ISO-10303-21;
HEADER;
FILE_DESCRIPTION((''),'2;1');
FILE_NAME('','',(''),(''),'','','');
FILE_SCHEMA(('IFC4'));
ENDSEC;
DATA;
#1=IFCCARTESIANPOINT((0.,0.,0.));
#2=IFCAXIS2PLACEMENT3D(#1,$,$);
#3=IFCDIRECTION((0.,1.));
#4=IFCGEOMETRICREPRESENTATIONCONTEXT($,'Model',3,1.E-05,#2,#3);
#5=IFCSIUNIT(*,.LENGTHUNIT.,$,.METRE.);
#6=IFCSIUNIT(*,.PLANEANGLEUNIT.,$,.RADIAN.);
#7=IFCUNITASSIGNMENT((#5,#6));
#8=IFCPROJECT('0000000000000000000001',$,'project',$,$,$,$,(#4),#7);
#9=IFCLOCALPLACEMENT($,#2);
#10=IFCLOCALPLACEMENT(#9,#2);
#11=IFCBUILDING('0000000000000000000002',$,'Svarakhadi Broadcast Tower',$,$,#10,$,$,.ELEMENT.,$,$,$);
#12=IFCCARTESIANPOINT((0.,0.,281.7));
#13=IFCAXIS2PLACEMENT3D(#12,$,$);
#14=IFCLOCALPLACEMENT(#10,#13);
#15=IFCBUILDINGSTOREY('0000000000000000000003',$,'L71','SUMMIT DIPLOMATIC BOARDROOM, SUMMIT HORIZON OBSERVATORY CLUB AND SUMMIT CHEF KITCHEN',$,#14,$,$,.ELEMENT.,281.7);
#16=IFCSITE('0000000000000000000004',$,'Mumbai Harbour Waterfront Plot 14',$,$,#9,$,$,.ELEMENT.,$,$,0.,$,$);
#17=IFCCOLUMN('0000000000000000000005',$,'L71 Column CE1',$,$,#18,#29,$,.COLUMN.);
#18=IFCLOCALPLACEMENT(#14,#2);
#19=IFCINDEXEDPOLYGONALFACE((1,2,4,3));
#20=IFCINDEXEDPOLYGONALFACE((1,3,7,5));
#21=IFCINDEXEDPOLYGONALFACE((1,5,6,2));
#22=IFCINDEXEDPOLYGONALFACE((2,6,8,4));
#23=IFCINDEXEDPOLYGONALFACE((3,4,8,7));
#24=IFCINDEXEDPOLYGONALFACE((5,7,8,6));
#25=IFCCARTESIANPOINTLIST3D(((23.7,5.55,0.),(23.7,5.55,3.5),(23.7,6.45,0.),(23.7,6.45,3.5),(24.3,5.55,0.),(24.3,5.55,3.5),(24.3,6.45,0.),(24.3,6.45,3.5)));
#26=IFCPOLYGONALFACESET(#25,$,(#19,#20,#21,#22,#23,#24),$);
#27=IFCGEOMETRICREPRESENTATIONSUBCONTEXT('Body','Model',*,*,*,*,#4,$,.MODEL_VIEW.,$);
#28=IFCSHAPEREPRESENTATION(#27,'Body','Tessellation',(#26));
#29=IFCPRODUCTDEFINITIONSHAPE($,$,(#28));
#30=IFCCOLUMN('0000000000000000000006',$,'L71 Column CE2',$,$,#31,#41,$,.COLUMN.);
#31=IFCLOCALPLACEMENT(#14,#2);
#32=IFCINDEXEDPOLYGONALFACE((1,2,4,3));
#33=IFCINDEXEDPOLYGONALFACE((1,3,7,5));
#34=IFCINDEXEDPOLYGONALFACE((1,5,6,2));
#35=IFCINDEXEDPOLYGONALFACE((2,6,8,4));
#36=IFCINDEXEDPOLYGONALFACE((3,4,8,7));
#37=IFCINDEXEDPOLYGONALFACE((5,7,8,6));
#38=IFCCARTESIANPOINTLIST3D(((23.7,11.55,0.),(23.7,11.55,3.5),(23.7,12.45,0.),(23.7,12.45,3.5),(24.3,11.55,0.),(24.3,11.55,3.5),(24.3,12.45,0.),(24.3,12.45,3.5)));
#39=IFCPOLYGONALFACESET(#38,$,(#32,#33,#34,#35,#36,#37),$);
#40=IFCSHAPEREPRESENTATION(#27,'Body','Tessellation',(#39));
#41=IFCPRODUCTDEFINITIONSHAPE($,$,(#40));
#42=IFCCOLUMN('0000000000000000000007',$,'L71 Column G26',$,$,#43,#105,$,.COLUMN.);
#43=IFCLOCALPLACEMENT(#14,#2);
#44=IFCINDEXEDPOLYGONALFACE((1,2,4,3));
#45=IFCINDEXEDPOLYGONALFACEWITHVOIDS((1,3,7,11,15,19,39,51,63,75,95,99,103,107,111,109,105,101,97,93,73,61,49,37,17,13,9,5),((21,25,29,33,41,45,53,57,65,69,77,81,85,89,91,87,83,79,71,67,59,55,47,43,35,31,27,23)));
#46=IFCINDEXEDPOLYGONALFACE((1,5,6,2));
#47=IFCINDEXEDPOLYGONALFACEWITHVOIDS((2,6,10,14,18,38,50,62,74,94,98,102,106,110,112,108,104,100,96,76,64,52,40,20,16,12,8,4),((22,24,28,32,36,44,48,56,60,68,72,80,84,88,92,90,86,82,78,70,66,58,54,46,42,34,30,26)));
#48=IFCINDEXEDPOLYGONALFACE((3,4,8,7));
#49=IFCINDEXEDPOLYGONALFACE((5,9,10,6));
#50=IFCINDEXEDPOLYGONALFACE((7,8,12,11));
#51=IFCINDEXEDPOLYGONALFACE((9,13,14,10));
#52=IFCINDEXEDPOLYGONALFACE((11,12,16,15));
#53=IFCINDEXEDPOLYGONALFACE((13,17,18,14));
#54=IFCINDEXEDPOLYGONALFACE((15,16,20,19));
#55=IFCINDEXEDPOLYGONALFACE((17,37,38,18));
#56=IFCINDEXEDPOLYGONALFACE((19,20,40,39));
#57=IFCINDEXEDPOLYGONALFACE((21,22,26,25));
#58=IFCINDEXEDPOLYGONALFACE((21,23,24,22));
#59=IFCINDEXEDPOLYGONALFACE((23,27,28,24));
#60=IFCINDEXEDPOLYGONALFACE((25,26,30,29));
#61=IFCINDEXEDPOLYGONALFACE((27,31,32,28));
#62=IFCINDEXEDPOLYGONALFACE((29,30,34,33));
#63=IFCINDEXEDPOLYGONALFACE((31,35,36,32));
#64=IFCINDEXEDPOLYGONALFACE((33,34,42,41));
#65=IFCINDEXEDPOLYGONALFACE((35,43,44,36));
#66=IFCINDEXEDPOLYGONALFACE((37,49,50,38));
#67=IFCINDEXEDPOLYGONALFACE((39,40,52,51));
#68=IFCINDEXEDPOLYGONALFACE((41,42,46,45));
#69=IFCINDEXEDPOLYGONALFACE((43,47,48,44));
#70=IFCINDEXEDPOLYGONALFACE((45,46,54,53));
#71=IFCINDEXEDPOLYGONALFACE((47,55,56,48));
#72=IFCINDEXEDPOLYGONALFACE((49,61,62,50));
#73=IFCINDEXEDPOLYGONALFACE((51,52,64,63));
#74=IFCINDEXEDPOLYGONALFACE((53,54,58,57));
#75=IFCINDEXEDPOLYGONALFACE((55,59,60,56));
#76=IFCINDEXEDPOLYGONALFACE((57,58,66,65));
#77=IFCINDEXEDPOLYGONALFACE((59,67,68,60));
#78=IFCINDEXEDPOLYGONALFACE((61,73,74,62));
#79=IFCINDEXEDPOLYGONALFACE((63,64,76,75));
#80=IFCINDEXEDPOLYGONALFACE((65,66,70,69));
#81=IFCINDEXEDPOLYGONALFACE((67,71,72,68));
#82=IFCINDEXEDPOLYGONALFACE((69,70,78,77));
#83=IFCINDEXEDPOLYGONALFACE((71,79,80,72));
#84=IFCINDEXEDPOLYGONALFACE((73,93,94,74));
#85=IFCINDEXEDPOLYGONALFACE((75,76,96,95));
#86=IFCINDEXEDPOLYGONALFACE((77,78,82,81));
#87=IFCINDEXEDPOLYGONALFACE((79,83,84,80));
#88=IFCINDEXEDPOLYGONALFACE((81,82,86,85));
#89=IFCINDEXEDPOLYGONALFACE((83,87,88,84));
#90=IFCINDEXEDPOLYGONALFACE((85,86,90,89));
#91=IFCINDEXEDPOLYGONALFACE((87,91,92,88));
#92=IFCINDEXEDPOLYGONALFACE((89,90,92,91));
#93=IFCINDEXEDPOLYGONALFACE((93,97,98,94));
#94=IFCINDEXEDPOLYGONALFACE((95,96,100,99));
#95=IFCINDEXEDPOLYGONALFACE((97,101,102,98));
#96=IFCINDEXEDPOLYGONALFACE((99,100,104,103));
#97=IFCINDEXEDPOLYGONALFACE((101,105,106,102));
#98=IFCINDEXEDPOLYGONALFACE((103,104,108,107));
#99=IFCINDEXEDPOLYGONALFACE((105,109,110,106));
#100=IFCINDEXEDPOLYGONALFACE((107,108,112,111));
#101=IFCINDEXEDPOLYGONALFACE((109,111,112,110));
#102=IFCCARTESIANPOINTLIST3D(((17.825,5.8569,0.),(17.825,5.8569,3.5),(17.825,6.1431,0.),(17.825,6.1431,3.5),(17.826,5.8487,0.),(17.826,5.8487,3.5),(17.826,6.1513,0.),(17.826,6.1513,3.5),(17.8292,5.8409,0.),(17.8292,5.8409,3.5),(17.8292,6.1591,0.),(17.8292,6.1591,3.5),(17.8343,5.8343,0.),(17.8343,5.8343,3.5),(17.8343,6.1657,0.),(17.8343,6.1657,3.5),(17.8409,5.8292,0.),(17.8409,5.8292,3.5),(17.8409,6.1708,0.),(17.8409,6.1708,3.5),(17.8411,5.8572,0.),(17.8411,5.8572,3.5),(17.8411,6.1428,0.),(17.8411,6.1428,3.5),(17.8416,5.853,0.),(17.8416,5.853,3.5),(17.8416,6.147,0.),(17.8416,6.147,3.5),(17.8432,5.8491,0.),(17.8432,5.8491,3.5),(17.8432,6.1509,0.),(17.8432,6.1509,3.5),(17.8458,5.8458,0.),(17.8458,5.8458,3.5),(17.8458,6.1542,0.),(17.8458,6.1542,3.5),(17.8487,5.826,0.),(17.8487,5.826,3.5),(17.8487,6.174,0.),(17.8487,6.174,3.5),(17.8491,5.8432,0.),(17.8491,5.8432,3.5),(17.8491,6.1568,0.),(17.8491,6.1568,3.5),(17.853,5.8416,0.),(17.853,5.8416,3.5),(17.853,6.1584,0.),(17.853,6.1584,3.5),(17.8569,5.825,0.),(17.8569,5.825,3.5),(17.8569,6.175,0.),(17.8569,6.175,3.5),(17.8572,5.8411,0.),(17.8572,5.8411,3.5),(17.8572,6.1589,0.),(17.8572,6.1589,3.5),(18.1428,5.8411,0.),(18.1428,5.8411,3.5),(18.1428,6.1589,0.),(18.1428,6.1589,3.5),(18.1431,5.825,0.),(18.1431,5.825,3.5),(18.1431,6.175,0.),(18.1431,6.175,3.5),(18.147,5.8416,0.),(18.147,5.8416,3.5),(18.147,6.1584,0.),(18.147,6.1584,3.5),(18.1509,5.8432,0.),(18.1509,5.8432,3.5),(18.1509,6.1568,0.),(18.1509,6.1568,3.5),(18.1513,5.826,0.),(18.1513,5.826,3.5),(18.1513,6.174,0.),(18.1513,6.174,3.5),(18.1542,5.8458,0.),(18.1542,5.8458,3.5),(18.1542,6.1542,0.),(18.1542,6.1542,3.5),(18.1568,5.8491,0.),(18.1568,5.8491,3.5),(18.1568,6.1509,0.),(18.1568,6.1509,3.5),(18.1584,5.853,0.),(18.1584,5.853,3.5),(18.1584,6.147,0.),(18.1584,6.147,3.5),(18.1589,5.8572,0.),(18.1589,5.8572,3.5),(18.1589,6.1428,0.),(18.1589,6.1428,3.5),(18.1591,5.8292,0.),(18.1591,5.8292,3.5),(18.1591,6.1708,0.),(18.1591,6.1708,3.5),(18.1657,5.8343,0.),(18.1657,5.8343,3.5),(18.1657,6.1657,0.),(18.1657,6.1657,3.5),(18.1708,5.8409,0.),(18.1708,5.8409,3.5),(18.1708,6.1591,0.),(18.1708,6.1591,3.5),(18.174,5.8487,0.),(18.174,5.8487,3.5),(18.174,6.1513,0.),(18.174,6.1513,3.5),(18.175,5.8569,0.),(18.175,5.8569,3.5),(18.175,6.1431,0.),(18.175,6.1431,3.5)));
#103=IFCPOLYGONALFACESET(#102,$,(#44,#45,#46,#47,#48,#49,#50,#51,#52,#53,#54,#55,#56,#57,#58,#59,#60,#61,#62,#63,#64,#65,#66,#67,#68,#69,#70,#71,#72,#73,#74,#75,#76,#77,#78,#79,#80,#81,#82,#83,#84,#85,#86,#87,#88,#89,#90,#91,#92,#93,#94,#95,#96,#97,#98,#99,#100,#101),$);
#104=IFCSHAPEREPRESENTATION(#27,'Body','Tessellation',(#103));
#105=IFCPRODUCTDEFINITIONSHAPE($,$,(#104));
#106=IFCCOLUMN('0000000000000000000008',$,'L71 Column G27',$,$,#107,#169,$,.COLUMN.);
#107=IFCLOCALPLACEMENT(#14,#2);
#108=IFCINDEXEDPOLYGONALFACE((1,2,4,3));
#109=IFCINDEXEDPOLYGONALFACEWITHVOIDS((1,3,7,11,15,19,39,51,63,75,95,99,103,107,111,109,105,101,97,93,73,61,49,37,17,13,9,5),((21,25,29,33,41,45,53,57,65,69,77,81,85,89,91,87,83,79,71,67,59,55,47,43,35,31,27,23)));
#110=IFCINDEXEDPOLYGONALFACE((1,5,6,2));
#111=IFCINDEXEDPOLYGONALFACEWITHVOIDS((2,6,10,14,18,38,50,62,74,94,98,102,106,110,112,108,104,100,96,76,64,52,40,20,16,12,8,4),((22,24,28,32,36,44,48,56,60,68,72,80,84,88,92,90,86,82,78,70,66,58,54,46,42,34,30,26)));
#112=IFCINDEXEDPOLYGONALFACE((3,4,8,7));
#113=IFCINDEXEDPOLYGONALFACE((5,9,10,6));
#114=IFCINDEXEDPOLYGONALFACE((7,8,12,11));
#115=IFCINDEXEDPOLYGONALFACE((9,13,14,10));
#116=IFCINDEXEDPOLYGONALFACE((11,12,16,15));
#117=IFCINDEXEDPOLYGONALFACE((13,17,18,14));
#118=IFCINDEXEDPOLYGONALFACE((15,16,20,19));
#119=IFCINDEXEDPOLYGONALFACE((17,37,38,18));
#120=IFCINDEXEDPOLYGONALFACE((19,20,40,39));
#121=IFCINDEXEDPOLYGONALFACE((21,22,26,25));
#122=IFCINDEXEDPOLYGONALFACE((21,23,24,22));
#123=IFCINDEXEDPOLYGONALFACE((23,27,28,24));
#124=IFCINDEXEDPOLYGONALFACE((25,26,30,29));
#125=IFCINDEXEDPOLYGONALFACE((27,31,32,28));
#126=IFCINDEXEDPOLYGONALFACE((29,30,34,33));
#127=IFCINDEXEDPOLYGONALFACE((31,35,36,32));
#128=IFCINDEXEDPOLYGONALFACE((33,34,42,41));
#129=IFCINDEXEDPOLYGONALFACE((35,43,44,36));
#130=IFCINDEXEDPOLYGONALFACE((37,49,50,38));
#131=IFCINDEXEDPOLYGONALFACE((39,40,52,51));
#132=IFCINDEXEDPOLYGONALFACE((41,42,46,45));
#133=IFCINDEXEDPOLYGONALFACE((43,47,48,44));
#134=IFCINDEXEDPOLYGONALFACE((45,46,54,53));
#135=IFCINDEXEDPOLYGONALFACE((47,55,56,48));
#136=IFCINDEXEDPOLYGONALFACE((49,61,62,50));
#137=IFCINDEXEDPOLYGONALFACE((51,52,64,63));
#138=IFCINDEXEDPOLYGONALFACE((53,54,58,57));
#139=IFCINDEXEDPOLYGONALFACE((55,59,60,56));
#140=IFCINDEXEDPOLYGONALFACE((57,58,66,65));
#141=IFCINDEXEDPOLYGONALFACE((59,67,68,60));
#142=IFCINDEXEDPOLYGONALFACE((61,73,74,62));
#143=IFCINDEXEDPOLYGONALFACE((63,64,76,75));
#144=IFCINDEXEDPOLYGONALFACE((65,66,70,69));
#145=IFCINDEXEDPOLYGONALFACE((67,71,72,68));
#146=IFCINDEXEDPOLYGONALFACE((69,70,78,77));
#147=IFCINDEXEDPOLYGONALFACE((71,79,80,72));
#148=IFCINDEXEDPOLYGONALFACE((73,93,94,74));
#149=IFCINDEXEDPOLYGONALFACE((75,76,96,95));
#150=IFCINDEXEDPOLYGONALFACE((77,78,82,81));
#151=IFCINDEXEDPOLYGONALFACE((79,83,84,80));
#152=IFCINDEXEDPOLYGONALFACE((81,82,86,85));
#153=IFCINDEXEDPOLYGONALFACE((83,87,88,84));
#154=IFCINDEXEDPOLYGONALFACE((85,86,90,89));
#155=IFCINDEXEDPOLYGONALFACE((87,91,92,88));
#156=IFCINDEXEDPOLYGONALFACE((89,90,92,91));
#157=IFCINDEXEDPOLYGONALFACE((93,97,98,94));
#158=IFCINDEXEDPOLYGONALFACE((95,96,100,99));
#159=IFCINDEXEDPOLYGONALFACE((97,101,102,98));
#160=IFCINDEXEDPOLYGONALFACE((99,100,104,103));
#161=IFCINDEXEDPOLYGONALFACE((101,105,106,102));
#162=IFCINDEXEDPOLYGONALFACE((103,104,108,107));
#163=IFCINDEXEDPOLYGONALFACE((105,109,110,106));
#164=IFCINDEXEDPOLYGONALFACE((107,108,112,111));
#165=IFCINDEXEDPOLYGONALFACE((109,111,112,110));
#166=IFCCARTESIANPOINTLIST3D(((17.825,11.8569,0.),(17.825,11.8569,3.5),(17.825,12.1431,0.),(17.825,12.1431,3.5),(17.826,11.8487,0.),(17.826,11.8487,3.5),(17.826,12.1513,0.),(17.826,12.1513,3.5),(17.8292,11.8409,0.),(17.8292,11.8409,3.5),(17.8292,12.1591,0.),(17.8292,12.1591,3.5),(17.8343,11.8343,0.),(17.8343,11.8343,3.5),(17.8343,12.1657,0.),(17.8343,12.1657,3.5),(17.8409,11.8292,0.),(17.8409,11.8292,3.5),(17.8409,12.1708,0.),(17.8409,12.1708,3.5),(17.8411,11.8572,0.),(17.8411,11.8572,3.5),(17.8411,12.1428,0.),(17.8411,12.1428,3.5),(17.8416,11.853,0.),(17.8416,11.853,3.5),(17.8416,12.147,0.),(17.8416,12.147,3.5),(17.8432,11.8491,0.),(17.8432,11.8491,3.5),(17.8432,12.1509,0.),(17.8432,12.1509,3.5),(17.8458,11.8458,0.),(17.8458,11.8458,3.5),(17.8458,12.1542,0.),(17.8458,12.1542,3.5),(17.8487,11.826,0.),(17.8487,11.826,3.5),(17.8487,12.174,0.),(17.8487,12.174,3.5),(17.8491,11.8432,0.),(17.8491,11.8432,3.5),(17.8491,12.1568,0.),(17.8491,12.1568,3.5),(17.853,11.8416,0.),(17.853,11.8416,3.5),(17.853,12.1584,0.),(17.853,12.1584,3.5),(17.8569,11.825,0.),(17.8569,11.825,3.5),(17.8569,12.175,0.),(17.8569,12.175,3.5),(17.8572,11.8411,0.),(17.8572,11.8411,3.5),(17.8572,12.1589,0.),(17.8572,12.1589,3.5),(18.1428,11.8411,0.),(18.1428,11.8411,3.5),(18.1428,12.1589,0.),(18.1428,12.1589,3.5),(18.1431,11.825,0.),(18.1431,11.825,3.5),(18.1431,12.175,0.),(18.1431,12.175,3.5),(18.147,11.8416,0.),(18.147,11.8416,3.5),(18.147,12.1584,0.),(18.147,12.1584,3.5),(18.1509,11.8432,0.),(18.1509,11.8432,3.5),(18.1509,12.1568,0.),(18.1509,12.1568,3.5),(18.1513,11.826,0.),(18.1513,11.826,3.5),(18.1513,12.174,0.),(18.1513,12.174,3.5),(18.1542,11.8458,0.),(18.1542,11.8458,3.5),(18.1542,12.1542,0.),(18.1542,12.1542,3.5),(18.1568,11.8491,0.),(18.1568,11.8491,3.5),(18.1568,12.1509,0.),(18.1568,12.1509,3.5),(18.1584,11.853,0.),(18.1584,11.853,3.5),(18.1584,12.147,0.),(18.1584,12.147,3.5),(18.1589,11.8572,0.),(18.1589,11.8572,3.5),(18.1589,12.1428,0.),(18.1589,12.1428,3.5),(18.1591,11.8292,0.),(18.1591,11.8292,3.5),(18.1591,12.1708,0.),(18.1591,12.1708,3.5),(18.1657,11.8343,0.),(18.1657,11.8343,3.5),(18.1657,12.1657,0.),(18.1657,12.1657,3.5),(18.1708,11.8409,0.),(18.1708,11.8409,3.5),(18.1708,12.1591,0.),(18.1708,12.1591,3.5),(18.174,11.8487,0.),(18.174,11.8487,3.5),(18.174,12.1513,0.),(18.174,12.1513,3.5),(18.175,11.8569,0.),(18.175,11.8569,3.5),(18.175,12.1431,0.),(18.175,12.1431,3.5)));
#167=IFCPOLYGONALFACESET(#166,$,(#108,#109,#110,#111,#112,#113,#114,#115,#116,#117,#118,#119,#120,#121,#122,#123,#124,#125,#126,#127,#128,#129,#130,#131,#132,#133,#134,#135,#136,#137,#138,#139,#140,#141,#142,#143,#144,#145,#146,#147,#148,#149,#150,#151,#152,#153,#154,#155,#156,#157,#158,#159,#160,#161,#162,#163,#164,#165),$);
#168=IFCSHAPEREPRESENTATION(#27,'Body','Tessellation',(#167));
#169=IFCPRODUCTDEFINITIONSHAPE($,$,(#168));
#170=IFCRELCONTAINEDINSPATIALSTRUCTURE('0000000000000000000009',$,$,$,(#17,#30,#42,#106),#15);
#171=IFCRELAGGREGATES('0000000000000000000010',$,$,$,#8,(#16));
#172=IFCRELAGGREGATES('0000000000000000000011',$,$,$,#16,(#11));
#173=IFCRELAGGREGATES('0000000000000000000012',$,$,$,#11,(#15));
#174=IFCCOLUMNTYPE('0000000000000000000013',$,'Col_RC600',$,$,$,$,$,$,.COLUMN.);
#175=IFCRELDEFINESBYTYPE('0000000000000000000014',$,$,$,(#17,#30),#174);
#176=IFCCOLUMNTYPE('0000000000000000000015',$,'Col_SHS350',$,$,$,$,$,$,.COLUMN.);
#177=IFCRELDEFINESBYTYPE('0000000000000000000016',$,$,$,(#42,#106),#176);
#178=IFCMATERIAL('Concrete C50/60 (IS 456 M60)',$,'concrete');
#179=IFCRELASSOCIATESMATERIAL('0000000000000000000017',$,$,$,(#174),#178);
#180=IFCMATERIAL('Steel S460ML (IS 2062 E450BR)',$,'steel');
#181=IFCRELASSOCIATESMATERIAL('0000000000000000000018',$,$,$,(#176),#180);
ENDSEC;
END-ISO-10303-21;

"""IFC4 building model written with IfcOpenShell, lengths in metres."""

from ifc_helpers import new_model, si_unit, direction, frame, origin, origin_2d, place, context, subcontext, project, spatial, rectangle, hollow_rectangle, extrude, material, material_profile, profile_set, type_object, element, save


model = new_model("IFC4")

# Units and contexts
model_context = context("Model", 3, precision=1e-05, world=origin(), true_north=direction((0.0, 1.0)))
body_context = subcontext(model_context, "Body", "Model", "MODEL_VIEW")
ifc_project = project(units=[si_unit("LENGTHUNIT", "METRE"), si_unit("PLANEANGLEUNIT", "RADIAN")], contexts=[model_context])

# Site, building, storey
site_placement = place(None, origin())
site = spatial("IfcSite", under=ifc_project, at=site_placement, Name="Mumbai Harbour Waterfront Plot 14", CompositionType="ELEMENT", RefElevation=0.0)
building_placement = place(site_placement, origin())
building = spatial("IfcBuilding", under=site, at=building_placement, Name="Svarakhadi Broadcast Tower", CompositionType="ELEMENT")
storey_placement = place(building_placement, frame((0.0, 0.0, 281.7)))
storey = spatial("IfcBuildingStorey", under=building, at=storey_placement, Name="L71", Description="SUMMIT DIPLOMATIC BOARDROOM, SUMMIT HORIZON OBSERVATORY CLUB AND SUMMIT CHEF KITCHEN", CompositionType="ELEMENT", Elevation=281.7)

# Columns
ifc_material_1 = material(Name="Concrete C50/60 (IS 456 M60)", Category="concrete")
ifc_material_profile_1 = material_profile(ifc_material_1, rectangle(XDim=0.6001, YDim=0.8999, at=origin_2d()), Name="RC 600x900")
ifc_profile_set_1 = profile_set([ifc_material_profile_1], Name="Concrete C50/60 (IS 456 M60)")
column_type_1 = type_object("IfcColumnType", Name="Col_RC600", PredefinedType="COLUMN", material=ifc_profile_set_1)
for number, where, z_axis, x_axis, name in (
    (1, (24.0, 6.0, 0.0), (0.0, 0.0, 1.0), (1.0, 0.0, 0.0), "L71 Column CE1"),
    (2, (24.0, 12.0, 0.0), (0.0, 0.0, 1.0), (1.0, 0.0, 0.0), "L71 Column CE2"),
):
    element("IfcColumn", number, at=place(storey_placement, frame(where, z_axis=z_axis, x_axis=x_axis)), inside=storey, type_object=column_type_1, Name=name, PredefinedType="COLUMN", context=body_context, shape_type="SweptSolid", body=[
        extrude(rectangle(XDim=0.6001, YDim=0.8999, at=origin_2d()), origin(), (0.0, 0.0, 1.0), 3.5),
    ])
ifc_material_2 = material(Name="Steel S460ML (IS 2062 E450BR)", Category="steel")
ifc_material_profile_2 = material_profile(ifc_material_2, hollow_rectangle(XDim=0.3501, YDim=0.3501, WallThickness=0.0161, InnerFilletRadius=0.0161, OuterFilletRadius=0.032, at=origin_2d()), Name="SHS 350x350x16")
ifc_profile_set_2 = profile_set([ifc_material_profile_2], Name="Steel S460ML (IS 2062 E450BR)")
column_type_2 = type_object("IfcColumnType", Name="Col_SHS350", PredefinedType="COLUMN", material=ifc_profile_set_2)
for number, where, z_axis, x_axis, name in (
    (3, (18.0, 6.0, 0.0), (0.0, 0.0, 1.0), (1.0, 0.0, 0.0), "L71 Column G26"),
    (4, (18.0, 12.0, 0.0), (0.0, 0.0, 1.0), (1.0, 0.0, 0.0), "L71 Column G27"),
):
    element("IfcColumn", number, at=place(storey_placement, frame(where, z_axis=z_axis, x_axis=x_axis)), inside=storey, type_object=column_type_2, Name=name, PredefinedType="COLUMN", context=body_context, shape_type="SweptSolid", body=[
        extrude(hollow_rectangle(XDim=0.3501, YDim=0.3501, WallThickness=0.0161, InnerFilletRadius=0.0161, OuterFilletRadius=0.032, at=origin_2d()), origin(), (0.0, 0.0, 1.0), 3.5),
    ])

save(model, "model.ifc")
